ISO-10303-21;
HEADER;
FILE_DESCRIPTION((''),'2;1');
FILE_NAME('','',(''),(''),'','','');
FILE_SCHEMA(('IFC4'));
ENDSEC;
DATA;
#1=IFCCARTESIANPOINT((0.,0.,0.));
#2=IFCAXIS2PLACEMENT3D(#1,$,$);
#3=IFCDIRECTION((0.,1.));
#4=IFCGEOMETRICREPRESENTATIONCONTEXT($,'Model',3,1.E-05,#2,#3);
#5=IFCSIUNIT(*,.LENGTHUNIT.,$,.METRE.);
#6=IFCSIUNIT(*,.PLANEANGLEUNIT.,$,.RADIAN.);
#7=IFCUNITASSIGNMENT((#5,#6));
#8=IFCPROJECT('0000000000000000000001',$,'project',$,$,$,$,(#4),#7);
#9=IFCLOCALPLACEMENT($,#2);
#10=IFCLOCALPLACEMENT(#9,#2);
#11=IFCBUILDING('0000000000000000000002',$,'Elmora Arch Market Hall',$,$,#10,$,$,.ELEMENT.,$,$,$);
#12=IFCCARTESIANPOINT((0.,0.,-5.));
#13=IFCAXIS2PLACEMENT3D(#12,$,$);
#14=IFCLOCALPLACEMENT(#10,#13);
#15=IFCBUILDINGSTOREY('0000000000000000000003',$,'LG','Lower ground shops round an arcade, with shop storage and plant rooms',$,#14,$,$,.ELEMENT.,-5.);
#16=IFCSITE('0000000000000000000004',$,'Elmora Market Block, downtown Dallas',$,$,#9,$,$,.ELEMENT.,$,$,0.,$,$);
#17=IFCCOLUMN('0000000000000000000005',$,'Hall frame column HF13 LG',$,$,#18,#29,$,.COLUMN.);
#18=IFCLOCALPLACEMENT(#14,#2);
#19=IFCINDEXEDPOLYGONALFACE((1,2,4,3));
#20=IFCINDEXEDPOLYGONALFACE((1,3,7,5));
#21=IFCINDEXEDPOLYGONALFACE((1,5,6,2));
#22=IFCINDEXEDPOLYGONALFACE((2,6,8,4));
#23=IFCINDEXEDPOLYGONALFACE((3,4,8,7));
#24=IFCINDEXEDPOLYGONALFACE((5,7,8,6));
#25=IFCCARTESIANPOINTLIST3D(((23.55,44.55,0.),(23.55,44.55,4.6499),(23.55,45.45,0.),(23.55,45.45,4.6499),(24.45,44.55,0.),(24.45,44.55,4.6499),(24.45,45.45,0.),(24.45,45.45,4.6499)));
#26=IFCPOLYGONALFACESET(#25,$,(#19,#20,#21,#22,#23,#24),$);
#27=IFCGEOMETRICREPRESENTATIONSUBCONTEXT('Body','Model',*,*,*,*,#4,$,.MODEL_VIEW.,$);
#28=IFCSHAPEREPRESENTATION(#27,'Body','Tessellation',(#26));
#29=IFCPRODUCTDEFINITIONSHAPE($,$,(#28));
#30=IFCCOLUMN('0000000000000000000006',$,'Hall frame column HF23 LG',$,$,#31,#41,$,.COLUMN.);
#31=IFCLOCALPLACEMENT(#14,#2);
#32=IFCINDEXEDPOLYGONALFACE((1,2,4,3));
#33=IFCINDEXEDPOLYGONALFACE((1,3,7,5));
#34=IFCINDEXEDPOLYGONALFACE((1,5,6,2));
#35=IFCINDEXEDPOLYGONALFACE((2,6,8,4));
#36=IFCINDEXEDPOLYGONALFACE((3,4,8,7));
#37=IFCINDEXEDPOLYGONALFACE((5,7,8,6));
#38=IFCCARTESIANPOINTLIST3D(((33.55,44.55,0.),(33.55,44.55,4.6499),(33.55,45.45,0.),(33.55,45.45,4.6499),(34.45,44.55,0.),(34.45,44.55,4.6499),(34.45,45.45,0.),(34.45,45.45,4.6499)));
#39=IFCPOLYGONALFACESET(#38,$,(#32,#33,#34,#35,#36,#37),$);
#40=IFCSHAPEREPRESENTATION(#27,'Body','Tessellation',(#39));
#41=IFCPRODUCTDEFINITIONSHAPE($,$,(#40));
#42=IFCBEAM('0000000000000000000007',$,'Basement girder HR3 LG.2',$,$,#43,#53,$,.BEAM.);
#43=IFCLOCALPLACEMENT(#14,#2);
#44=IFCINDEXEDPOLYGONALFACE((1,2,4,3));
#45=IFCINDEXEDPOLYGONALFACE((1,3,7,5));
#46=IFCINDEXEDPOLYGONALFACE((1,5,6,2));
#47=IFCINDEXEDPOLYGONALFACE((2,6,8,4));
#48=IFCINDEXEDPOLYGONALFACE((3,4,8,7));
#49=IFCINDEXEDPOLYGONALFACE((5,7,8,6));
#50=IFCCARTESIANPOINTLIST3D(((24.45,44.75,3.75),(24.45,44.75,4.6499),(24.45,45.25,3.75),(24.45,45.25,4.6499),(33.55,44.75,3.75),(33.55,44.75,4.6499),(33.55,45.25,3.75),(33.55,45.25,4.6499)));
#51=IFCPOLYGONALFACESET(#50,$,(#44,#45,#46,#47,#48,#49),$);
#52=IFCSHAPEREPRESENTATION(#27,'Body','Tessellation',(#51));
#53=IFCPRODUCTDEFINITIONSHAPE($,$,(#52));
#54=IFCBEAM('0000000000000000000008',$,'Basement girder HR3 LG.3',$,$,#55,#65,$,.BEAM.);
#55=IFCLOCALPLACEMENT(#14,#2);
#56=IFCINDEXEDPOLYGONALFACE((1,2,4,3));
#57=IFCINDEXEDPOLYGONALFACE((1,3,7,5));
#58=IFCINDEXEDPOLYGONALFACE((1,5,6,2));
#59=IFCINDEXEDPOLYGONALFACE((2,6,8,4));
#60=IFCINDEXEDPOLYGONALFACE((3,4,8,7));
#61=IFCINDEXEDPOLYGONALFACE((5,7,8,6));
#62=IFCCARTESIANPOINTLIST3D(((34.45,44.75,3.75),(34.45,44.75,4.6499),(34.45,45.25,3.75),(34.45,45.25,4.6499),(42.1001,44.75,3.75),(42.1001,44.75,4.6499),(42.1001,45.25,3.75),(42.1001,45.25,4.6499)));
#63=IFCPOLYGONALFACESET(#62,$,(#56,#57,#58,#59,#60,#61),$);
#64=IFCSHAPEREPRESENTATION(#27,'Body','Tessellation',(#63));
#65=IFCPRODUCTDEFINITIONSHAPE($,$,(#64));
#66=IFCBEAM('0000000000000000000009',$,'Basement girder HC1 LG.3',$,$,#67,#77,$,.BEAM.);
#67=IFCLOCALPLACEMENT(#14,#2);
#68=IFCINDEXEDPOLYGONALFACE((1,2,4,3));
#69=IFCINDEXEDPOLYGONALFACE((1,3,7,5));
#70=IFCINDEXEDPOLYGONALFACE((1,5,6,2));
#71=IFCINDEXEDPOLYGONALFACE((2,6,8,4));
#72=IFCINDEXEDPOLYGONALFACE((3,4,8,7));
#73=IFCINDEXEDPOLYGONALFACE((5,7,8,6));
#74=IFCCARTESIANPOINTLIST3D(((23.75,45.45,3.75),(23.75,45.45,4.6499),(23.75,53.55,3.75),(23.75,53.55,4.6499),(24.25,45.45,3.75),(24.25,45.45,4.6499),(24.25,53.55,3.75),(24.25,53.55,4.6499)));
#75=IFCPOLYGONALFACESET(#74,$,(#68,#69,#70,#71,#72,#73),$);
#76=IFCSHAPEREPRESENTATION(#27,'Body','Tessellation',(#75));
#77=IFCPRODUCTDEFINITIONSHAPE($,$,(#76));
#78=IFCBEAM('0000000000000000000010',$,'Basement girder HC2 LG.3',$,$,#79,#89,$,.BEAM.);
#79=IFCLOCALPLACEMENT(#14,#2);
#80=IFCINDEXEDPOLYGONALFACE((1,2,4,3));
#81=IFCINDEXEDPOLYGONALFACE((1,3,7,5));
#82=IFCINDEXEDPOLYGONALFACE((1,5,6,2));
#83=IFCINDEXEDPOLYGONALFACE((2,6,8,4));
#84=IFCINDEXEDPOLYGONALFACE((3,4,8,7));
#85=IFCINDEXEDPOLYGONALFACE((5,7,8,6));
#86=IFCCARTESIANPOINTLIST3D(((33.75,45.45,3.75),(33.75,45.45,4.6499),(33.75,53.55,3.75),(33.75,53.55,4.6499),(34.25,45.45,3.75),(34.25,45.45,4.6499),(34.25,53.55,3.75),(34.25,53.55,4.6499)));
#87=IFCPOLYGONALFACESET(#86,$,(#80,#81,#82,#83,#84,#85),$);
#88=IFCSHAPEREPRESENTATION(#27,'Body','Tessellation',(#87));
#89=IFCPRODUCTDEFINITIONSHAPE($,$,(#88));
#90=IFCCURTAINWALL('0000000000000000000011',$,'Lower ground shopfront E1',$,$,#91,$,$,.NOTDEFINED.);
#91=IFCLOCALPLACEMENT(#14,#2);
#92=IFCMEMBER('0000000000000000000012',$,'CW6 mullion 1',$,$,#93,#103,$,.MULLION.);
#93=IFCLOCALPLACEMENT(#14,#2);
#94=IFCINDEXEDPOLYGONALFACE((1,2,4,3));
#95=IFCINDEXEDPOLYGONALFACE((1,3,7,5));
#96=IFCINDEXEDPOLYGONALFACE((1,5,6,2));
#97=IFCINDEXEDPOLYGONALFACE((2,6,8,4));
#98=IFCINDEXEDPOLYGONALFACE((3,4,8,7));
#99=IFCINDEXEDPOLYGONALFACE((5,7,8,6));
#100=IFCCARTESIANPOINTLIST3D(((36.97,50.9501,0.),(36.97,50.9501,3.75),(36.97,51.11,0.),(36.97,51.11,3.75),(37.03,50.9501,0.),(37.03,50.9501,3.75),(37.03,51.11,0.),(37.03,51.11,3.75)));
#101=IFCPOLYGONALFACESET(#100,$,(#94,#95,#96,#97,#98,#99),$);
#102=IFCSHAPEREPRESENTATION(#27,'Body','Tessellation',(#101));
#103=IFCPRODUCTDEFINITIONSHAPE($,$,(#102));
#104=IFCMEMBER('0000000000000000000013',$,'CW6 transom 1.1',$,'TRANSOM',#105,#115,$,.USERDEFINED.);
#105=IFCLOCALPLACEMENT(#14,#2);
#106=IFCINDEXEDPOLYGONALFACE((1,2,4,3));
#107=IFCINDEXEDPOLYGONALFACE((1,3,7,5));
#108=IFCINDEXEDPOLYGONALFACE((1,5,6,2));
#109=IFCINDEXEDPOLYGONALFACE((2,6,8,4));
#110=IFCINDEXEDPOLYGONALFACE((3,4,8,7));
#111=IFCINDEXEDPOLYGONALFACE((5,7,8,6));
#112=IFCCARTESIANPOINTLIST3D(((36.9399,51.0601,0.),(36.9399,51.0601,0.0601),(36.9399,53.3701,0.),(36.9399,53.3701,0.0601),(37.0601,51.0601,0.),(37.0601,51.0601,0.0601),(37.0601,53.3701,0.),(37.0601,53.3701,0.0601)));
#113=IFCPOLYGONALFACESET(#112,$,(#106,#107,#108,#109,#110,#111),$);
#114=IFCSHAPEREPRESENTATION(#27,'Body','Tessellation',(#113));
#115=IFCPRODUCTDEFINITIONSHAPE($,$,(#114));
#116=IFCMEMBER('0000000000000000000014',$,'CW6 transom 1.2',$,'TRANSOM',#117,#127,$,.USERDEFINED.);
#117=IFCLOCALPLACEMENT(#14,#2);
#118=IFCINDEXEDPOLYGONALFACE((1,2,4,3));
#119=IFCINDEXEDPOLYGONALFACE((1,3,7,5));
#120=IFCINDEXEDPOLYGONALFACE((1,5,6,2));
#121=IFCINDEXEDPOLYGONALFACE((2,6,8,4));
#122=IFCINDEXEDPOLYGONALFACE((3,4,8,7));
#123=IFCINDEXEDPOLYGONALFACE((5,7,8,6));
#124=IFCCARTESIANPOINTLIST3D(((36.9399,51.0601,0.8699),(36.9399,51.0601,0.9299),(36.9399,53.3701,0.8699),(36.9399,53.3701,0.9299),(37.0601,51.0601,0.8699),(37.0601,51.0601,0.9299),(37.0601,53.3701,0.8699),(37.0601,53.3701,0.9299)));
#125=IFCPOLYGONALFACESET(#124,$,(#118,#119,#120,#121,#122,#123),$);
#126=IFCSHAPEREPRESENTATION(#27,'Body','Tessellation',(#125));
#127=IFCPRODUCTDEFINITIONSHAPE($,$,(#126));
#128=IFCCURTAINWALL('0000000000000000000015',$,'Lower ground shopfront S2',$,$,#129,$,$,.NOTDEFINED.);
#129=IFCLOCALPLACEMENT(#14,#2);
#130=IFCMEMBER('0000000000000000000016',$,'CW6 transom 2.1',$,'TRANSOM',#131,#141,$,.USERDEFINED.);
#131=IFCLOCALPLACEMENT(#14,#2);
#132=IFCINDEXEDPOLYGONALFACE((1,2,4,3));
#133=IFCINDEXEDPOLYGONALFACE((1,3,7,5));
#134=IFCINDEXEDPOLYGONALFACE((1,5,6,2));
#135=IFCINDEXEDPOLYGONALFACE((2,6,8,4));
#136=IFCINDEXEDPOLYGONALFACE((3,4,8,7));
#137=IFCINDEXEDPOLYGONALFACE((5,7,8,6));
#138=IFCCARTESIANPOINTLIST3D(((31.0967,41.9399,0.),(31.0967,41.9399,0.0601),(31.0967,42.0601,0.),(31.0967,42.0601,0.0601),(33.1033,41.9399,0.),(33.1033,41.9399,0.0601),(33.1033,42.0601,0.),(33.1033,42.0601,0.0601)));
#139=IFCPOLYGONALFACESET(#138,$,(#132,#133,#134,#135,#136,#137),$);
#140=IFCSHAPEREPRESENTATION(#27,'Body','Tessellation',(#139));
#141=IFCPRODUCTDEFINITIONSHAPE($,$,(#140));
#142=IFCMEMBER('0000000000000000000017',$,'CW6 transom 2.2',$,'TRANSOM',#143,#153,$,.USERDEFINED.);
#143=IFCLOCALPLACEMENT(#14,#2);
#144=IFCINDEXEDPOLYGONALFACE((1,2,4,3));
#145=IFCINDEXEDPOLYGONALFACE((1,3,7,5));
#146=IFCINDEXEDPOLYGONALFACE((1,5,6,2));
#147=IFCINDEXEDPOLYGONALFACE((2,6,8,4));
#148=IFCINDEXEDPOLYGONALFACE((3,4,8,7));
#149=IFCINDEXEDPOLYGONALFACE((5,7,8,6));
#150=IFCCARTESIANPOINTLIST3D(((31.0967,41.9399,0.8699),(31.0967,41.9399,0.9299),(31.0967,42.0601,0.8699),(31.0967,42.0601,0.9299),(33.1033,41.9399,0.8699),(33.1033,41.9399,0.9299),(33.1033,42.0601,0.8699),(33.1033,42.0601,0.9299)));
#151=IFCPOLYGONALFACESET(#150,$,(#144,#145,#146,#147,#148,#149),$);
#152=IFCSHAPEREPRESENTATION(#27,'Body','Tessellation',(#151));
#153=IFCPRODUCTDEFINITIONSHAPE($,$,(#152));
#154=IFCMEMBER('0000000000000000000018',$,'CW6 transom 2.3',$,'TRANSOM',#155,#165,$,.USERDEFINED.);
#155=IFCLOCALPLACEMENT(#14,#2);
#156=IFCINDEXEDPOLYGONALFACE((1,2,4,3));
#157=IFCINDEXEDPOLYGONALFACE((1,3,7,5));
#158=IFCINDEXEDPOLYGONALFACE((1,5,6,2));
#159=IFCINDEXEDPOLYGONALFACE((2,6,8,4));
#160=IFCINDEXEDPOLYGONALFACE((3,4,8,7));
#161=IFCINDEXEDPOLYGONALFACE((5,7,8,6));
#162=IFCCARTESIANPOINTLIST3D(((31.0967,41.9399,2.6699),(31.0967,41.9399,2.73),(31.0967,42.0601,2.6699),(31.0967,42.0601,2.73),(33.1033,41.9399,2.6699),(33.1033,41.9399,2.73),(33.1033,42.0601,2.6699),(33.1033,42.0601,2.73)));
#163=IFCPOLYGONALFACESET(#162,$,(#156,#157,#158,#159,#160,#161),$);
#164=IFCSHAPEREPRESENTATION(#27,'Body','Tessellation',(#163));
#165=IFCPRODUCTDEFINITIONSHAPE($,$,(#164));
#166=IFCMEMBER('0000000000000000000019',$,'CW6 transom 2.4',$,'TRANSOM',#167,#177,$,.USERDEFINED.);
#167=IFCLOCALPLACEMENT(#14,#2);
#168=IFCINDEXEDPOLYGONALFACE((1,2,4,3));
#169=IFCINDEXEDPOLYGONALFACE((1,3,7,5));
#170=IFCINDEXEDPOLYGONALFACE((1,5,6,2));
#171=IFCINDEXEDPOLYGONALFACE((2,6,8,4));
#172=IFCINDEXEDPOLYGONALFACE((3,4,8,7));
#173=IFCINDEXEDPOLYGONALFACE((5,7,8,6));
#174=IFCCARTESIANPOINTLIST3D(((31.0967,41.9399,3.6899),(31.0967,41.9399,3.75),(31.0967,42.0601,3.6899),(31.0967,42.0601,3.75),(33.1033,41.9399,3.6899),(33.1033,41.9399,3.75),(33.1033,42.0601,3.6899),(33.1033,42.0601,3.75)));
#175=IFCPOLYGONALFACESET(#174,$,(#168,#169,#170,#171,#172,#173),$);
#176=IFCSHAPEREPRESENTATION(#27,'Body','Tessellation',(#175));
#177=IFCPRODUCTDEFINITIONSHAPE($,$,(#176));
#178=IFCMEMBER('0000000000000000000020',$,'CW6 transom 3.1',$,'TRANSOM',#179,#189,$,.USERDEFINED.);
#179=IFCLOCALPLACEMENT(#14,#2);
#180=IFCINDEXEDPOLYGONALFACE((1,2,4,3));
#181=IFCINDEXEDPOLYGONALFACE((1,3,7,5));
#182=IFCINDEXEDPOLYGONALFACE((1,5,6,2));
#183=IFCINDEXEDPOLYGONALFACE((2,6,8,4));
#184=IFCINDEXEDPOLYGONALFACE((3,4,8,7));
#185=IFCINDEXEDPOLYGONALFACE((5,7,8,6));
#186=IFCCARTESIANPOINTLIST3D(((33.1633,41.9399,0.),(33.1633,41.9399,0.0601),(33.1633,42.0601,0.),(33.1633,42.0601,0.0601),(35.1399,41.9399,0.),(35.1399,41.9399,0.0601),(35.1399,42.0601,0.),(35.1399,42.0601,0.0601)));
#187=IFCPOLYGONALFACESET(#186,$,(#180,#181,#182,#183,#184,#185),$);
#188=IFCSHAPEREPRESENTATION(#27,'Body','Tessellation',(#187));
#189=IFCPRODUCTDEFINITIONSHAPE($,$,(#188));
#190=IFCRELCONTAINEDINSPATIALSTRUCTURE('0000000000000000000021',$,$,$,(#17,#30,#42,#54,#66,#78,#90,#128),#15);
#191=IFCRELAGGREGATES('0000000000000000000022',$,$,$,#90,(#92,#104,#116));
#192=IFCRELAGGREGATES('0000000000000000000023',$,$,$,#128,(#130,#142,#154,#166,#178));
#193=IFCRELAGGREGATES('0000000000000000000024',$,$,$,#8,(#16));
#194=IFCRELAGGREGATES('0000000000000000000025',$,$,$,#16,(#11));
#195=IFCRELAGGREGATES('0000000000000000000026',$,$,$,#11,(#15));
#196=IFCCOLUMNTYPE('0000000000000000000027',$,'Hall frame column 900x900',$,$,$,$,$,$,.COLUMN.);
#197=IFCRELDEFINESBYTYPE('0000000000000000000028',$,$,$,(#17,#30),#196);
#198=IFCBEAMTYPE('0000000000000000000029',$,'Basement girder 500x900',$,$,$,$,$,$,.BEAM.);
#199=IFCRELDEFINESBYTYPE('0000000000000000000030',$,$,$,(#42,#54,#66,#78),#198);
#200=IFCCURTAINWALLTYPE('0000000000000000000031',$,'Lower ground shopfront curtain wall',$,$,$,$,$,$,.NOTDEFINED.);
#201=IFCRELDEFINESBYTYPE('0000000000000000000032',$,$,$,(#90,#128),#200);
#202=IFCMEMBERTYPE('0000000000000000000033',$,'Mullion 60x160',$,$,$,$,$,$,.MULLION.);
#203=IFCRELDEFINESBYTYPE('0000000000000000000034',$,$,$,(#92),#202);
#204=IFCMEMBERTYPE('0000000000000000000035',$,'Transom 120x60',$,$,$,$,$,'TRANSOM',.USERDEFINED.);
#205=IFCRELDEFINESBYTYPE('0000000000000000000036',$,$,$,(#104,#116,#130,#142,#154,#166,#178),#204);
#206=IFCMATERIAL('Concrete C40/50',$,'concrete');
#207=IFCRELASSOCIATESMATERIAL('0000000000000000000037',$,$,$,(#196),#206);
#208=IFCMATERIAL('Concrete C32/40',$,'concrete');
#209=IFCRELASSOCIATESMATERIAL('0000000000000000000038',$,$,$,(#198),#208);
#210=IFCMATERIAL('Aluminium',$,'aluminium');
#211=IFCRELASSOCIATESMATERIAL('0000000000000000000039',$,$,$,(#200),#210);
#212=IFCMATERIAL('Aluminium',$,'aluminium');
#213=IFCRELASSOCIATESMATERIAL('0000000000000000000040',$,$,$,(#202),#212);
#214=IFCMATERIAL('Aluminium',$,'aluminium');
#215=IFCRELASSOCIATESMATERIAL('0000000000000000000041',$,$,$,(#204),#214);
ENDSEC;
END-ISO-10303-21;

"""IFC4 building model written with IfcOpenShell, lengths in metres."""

from ifc_helpers import new_model, si_unit, direction, frame, origin, origin_2d, place, context, subcontext, project, spatial, rectangle, extrude, material, material_profile, profile_set, type_object, element, aggregate, save


model = new_model("IFC4")

# Units and contexts
model_context = context("Model", 3, precision=1e-05, world=origin(), true_north=direction((0.0, 1.0)))
body_context = subcontext(model_context, "Body", "Model", "MODEL_VIEW")
ifc_project = project(units=[si_unit("LENGTHUNIT", "METRE"), si_unit("PLANEANGLEUNIT", "RADIAN")], contexts=[model_context])

# Site, building, storey
site_placement = place(None, origin())
site = spatial("IfcSite", under=ifc_project, at=site_placement, Name="Elmora Market Block, downtown Dallas", CompositionType="ELEMENT", RefElevation=0.0)
building_placement = place(site_placement, origin())
building = spatial("IfcBuilding", under=site, at=building_placement, Name="Elmora Arch Market Hall", CompositionType="ELEMENT")
storey_placement = place(building_placement, frame((0.0, 0.0, -5.0)))
storey = spatial("IfcBuildingStorey", under=building, at=storey_placement, Name="LG", Description="Lower ground shops round an arcade, with shop storage and plant rooms", CompositionType="ELEMENT", Elevation=-5.0)

# Columns
ifc_material_1 = material(Name="Concrete C40/50", Category="concrete")
ifc_material_profile_1 = material_profile(ifc_material_1, rectangle(XDim=0.8999, YDim=0.8999, at=origin_2d()), Name="Hall frame column 900x900")
ifc_profile_set_1 = profile_set([ifc_material_profile_1], Name="Concrete C40/50")
column_type = type_object("IfcColumnType", Name="Hall frame column 900x900", PredefinedType="COLUMN", material=ifc_profile_set_1)
for number, where, z_axis, x_axis, name in (
    (1, (24.0, 45.0, 0.0), (0.0, 0.0, 1.0), (1.0, 0.0, 0.0), "Hall frame column HF13 LG"),
    (2, (34.0, 45.0, 0.0), (0.0, 0.0, 1.0), (1.0, 0.0, 0.0), "Hall frame column HF23 LG"),
):
    element("IfcColumn", number, at=place(storey_placement, frame(where, z_axis=z_axis, x_axis=x_axis)), inside=storey, type_object=column_type, Name=name, PredefinedType="COLUMN", context=body_context, shape_type="SweptSolid", body=[
        extrude(rectangle(XDim=0.8999, YDim=0.8999, at=origin_2d()), origin(), (0.0, 0.0, 1.0), 4.6499),
    ])

# Beams
ifc_material_2 = material(Name="Concrete C32/40", Category="concrete")
ifc_material_profile_2 = material_profile(ifc_material_2, rectangle(XDim=0.5, YDim=0.8999, at=origin_2d()), Name="Basement girder 500x900")
ifc_profile_set_2 = profile_set([ifc_material_profile_2], Name="Concrete C32/40")
beam_type = type_object("IfcBeamType", Name="Basement girder 500x900", PredefinedType="BEAM", material=ifc_profile_set_2)
beam_1_placement = place(storey_placement, frame((24.45, 45.0, 4.2), z_axis=(1.0, 0.0, 0.0), x_axis=(0.0, 1.0, 0.0)))
element("IfcBeam", 3, at=beam_1_placement, inside=storey, type_object=beam_type, Name="Basement girder HR3 LG.2", PredefinedType="BEAM", context=body_context, shape_type="SweptSolid", body=[
    extrude(rectangle(XDim=0.5, YDim=0.8999, at=origin_2d()), origin(), (0.0, 0.0, 1.0), 9.1001),
])
beam_2_placement = place(storey_placement, frame((34.45, 45.0, 4.2), z_axis=(1.0, 0.0, 0.0), x_axis=(0.0, 1.0, 0.0)))
element("IfcBeam", 4, at=beam_2_placement, inside=storey, type_object=beam_type, Name="Basement girder HR3 LG.3", PredefinedType="BEAM", context=body_context, shape_type="SweptSolid", body=[
    extrude(rectangle(XDim=0.5, YDim=0.8999, at=origin_2d()), origin(), (0.0, 0.0, 1.0), 7.6501),
])
for number, where, z_axis, x_axis, name in (
    (5, (24.0, 45.45, 4.2), (0.0, 1.0, 0.0), (-1.0, 0.0, 0.0), "Basement girder HC1 LG.3"),
    (6, (34.0, 45.45, 4.2), (0.0, 1.0, 0.0), (-1.0, 0.0, 0.0), "Basement girder HC2 LG.3"),
):
    element("IfcBeam", number, at=place(storey_placement, frame(where, z_axis=z_axis, x_axis=x_axis)), inside=storey, type_object=beam_type, Name=name, PredefinedType="BEAM", context=body_context, shape_type="SweptSolid", body=[
        extrude(rectangle(XDim=0.5, YDim=0.8999, at=origin_2d()), origin(), (0.0, 0.0, 1.0), 8.1001),
    ])

# Curtain wall, members
ifc_material_3 = material(Name="Aluminium", Category="aluminium")
curtain_wall_type = type_object("IfcCurtainWallType", Name="Lower ground shopfront curtain wall", PredefinedType="NOTDEFINED", material=ifc_material_3)
curtain_wall_1_placement = place(storey_placement, origin())
curtain_wall_1 = element("IfcCurtainWall", 7, at=curtain_wall_1_placement, inside=storey, type_object=curtain_wall_type, Name="Lower ground shopfront E1", PredefinedType="NOTDEFINED")
ifc_material_4 = material(Name="Aluminium", Category="aluminium")
ifc_material_profile_3 = material_profile(ifc_material_4, rectangle(XDim=0.0601, YDim=0.1599, at=origin_2d()), Name="AL 60x160")
ifc_profile_set_3 = profile_set([ifc_material_profile_3], Name="Aluminium")
member_type_1 = type_object("IfcMemberType", Name="Mullion 60x160", PredefinedType="MULLION", material=ifc_profile_set_3)
member_1_placement = place(storey_placement, frame((37.0, 51.03, 0.0), z_axis=(0.0, 0.0, 1.0), x_axis=(-1.0, 0.0, 0.0)))
member_1 = element("IfcMember", 8, at=member_1_placement, type_object=member_type_1, Name="CW6 mullion 1", PredefinedType="MULLION", context=body_context, shape_type="SweptSolid", body=[
    extrude(rectangle(XDim=0.0601, YDim=0.1599, at=origin_2d()), origin(), (0.0, 0.0, 1.0), 3.75),
])
ifc_material_5 = material(Name="Aluminium", Category="aluminium")
ifc_material_profile_4 = material_profile(ifc_material_5, rectangle(XDim=0.1201, YDim=0.0601, at=origin_2d()), Name="AL 120x60")
ifc_profile_set_4 = profile_set([ifc_material_profile_4], Name="Aluminium")
member_type_2 = type_object("IfcMemberType", Name="Transom 120x60", ElementType="TRANSOM", PredefinedType="USERDEFINED", material=ifc_profile_set_4)
member_2_placement = place(storey_placement, frame((37.0, 51.0601, 0.03), z_axis=(0.0, 1.0, 0.0), x_axis=(-1.0, 0.0, 0.0)))
member_2 = element("IfcMember", 9, at=member_2_placement, type_object=member_type_2, Name="CW6 transom 1.1", ObjectType="TRANSOM", PredefinedType="USERDEFINED", context=body_context, shape_type="SweptSolid", body=[
    extrude(rectangle(XDim=0.1201, YDim=0.0601, at=origin_2d()), origin(), (0.0, 0.0, 1.0), 2.3101),
])
member_3_placement = place(storey_placement, frame((37.0, 51.0601, 0.8999), z_axis=(0.0, 1.0, 0.0), x_axis=(-1.0, 0.0, 0.0)))
member_3 = element("IfcMember", 10, at=member_3_placement, type_object=member_type_2, Name="CW6 transom 1.2", ObjectType="TRANSOM", PredefinedType="USERDEFINED", context=body_context, shape_type="SweptSolid", body=[
    extrude(rectangle(XDim=0.1201, YDim=0.0601, at=origin_2d()), origin(), (0.0, 0.0, 1.0), 2.3101),
])
aggregate(curtain_wall_1, [member_1, member_2, member_3])

# Curtain wall, members
curtain_wall_2_placement = place(storey_placement, origin())
curtain_wall_2 = element("IfcCurtainWall", 11, at=curtain_wall_2_placement, inside=storey, type_object=curtain_wall_type, Name="Lower ground shopfront S2", PredefinedType="NOTDEFINED")
member_4_placement = place(storey_placement, frame((31.0967, 42.0, 0.03), z_axis=(1.0, 0.0, 0.0), x_axis=(0.0, 1.0, 0.0)))
member_4 = element("IfcMember", 12, at=member_4_placement, type_object=member_type_2, Name="CW6 transom 2.1", ObjectType="TRANSOM", PredefinedType="USERDEFINED", context=body_context, shape_type="SweptSolid", body=[
    extrude(rectangle(XDim=0.1201, YDim=0.0601, at=origin_2d()), origin(), (0.0, 0.0, 1.0), 2.0066),
])
member_5_placement = place(storey_placement, frame((31.0967, 42.0, 0.8999), z_axis=(1.0, 0.0, 0.0), x_axis=(0.0, 1.0, 0.0)))
member_5 = element("IfcMember", 13, at=member_5_placement, type_object=member_type_2, Name="CW6 transom 2.2", ObjectType="TRANSOM", PredefinedType="USERDEFINED", context=body_context, shape_type="SweptSolid", body=[
    extrude(rectangle(XDim=0.1201, YDim=0.0601, at=origin_2d()), origin(), (0.0, 0.0, 1.0), 2.0066),
])
member_6_placement = place(storey_placement, frame((31.0967, 42.0, 2.7), z_axis=(1.0, 0.0, 0.0), x_axis=(0.0, 1.0, 0.0)))
member_6 = element("IfcMember", 14, at=member_6_placement, type_object=member_type_2, Name="CW6 transom 2.3", ObjectType="TRANSOM", PredefinedType="USERDEFINED", context=body_context, shape_type="SweptSolid", body=[
    extrude(rectangle(XDim=0.1201, YDim=0.0601, at=origin_2d()), origin(), (0.0, 0.0, 1.0), 2.0066),
])
member_7_placement = place(storey_placement, frame((31.0967, 42.0, 3.72), z_axis=(1.0, 0.0, 0.0), x_axis=(0.0, 1.0, 0.0)))
member_7 = element("IfcMember", 15, at=member_7_placement, type_object=member_type_2, Name="CW6 transom 2.4", ObjectType="TRANSOM", PredefinedType="USERDEFINED", context=body_context, shape_type="SweptSolid", body=[
    extrude(rectangle(XDim=0.1201, YDim=0.0601, at=origin_2d()), origin(), (0.0, 0.0, 1.0), 2.0066),
])
member_8_placement = place(storey_placement, frame((33.1633, 42.0, 0.03), z_axis=(1.0, 0.0, 0.0), x_axis=(0.0, 1.0, 0.0)))
member_8 = element("IfcMember", 16, at=member_8_placement, type_object=member_type_2, Name="CW6 transom 3.1", ObjectType="TRANSOM", PredefinedType="USERDEFINED", context=body_context, shape_type="SweptSolid", body=[
    extrude(rectangle(XDim=0.1201, YDim=0.0601, at=origin_2d()), origin(), (0.0, 0.0, 1.0), 1.9766),
])
aggregate(curtain_wall_2, [member_4, member_5, member_6, member_7, member_8])

save(model, "model.ifc")
